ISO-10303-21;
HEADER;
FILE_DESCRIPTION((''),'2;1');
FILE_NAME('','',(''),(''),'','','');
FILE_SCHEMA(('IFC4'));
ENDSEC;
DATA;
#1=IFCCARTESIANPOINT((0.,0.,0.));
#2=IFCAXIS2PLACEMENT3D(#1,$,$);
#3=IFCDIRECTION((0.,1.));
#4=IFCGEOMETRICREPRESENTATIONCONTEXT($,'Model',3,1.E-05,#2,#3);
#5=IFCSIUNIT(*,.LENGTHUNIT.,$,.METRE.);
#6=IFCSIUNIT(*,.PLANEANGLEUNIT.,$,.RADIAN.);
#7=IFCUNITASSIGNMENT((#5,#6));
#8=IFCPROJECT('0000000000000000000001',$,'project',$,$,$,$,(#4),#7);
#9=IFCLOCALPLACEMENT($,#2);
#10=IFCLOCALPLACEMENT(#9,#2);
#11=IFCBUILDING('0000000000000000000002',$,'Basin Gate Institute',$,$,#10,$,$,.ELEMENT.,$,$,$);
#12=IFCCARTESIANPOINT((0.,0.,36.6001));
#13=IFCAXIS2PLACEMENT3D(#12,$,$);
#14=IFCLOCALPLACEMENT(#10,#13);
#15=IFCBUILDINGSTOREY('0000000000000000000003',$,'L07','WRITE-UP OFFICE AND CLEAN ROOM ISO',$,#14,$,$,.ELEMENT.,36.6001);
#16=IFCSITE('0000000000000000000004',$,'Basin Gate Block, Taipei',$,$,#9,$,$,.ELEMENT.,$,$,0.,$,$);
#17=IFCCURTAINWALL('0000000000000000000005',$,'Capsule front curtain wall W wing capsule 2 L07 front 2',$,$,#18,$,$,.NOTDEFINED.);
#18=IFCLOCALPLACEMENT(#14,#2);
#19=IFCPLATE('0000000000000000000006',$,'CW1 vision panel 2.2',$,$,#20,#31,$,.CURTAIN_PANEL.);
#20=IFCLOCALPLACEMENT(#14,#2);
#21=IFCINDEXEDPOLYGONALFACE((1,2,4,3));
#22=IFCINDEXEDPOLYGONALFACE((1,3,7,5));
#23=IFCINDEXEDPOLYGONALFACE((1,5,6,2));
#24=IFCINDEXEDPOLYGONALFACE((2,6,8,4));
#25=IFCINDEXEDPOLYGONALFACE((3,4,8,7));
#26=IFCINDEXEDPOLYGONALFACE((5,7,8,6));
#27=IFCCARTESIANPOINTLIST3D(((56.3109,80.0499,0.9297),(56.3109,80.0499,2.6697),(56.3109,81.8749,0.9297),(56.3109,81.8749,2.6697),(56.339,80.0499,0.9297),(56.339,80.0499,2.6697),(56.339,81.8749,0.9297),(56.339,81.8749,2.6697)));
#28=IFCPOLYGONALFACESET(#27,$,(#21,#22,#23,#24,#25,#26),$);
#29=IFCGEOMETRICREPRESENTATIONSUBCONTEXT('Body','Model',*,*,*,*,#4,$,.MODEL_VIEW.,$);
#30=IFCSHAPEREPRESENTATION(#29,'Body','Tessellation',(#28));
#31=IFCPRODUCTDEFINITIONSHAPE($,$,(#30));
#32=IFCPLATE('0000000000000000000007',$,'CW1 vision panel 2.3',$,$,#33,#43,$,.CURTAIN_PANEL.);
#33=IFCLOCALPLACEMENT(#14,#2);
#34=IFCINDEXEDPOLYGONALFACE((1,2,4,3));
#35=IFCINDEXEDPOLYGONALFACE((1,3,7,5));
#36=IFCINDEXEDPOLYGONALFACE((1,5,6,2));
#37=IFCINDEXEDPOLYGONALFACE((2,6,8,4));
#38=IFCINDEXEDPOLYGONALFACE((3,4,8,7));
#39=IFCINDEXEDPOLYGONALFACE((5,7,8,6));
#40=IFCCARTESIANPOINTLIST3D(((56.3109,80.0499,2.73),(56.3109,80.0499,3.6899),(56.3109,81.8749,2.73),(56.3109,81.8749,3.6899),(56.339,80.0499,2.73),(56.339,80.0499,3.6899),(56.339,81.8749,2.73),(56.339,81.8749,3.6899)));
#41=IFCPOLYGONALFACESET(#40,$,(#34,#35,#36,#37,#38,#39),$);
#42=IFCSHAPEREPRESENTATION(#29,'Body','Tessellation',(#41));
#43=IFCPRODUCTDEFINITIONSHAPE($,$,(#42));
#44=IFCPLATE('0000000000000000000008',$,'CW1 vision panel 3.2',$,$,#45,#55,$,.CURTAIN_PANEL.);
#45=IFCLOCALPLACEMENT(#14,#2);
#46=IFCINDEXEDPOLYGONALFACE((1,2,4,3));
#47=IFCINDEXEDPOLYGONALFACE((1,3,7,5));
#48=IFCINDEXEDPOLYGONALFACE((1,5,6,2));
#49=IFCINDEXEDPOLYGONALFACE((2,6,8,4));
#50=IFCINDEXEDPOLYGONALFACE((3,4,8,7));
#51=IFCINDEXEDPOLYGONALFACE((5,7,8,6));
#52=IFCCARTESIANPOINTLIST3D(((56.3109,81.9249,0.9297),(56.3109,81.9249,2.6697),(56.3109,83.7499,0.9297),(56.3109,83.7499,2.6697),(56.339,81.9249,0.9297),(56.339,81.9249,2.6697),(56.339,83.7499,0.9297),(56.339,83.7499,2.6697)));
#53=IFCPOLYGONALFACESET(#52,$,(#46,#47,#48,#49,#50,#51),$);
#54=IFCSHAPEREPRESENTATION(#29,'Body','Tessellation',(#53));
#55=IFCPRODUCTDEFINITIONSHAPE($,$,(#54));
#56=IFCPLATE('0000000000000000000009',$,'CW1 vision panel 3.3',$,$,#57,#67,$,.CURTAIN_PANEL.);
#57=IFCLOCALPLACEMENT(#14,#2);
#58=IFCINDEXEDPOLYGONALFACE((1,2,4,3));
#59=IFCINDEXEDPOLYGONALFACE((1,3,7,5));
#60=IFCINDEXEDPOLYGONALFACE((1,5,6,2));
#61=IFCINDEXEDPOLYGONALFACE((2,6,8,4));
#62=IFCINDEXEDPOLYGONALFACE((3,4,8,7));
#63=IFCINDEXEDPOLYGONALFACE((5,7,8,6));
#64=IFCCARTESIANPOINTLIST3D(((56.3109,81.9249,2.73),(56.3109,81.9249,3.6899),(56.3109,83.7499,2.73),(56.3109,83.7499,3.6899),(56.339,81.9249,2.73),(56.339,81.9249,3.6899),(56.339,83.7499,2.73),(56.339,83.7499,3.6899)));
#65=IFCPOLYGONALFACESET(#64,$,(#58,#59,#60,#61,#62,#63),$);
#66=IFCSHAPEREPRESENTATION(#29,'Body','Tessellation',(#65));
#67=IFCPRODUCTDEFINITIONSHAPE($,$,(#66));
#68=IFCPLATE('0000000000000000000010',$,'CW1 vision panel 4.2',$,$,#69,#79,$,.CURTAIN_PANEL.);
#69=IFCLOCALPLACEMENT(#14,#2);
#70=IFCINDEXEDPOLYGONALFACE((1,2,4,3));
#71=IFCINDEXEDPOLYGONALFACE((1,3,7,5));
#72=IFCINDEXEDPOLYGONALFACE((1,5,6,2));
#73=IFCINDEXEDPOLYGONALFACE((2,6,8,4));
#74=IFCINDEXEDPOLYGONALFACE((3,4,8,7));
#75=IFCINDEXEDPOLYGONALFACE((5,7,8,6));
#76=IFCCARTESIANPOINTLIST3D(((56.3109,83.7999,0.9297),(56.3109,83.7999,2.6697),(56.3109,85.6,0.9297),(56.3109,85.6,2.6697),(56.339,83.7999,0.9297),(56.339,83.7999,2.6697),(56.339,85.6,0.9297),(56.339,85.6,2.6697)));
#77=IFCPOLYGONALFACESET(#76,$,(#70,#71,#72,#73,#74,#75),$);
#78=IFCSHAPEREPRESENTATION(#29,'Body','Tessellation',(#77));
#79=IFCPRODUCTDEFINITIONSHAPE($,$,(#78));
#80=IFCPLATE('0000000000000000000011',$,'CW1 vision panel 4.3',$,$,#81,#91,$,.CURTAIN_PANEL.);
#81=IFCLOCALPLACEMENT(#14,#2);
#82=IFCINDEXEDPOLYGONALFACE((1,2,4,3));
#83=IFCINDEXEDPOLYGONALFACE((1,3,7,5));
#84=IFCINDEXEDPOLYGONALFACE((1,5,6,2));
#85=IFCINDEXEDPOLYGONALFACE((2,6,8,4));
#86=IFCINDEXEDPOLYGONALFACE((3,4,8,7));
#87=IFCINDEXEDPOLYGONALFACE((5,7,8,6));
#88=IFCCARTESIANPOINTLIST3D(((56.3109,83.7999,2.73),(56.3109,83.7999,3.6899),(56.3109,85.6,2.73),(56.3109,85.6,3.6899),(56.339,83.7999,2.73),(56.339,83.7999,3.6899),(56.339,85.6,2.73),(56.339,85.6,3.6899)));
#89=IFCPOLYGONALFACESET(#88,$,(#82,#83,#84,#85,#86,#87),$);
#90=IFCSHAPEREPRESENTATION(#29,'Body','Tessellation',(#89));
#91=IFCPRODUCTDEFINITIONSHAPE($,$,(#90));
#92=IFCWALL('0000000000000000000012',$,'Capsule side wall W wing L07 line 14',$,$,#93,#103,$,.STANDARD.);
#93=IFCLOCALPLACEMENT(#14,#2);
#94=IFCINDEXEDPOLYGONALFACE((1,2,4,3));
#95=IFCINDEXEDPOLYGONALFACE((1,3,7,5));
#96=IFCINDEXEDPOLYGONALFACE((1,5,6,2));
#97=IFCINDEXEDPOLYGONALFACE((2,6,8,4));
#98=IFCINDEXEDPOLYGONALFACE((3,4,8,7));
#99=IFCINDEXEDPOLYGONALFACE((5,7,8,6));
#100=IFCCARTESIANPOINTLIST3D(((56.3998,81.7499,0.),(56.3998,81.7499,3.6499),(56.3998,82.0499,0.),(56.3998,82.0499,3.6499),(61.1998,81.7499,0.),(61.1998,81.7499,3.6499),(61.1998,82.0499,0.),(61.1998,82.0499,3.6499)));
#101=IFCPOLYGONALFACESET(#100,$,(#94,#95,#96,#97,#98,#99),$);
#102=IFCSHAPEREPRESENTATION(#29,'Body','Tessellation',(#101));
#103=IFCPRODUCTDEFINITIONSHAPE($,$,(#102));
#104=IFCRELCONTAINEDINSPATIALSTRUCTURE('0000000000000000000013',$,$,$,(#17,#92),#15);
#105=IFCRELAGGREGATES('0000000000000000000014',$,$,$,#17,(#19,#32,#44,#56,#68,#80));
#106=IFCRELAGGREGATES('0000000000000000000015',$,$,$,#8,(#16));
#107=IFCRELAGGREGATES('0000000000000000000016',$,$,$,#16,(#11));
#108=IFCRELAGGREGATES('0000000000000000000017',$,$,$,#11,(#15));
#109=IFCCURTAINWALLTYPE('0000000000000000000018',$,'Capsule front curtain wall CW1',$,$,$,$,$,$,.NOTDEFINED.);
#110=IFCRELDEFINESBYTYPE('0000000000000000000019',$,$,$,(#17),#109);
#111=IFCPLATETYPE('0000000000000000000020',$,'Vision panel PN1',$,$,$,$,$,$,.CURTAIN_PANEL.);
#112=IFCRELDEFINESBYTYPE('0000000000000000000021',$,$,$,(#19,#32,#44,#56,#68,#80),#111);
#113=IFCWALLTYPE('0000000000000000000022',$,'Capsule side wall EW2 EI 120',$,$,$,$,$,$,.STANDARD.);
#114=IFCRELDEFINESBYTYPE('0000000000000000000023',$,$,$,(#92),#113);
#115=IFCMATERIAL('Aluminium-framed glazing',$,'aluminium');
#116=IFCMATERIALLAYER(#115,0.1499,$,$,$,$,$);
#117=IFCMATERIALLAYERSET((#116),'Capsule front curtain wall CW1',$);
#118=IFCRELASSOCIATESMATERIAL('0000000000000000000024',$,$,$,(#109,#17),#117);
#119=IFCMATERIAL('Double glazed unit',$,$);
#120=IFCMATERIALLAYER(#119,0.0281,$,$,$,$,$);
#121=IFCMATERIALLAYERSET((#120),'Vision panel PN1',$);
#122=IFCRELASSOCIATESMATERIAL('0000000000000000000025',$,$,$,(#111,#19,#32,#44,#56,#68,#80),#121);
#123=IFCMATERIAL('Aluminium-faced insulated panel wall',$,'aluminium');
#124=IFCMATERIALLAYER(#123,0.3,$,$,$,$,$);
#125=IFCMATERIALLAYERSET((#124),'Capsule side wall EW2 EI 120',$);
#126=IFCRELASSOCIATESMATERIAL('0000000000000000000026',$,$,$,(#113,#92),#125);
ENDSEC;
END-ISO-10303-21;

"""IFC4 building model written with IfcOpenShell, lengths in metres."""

from ifc_helpers import new_model, si_unit, direction, frame, frame_2d, origin, origin_2d, place, context, subcontext, project, spatial, rectangle, extrude, material, layer, layer_set, type_object, element, aggregate, save


model = new_model("IFC4")

# Units and contexts
model_context = context("Model", 3, precision=1e-05, world=origin(), true_north=direction((0.0, 1.0)))
body_context = subcontext(model_context, "Body", "Model", "MODEL_VIEW")
ifc_project = project(units=[si_unit("LENGTHUNIT", "METRE"), si_unit("PLANEANGLEUNIT", "RADIAN")], contexts=[model_context])

# Site, building, storey
site_placement = place(None, origin())
site = spatial("IfcSite", under=ifc_project, at=site_placement, Name="Basin Gate Block, Taipei", CompositionType="ELEMENT", RefElevation=0.0)
building_placement = place(site_placement, origin())
building = spatial("IfcBuilding", under=site, at=building_placement, Name="Basin Gate Institute", CompositionType="ELEMENT")
storey_placement = place(building_placement, frame((0.0, 0.0, 36.6001)))
storey = spatial("IfcBuildingStorey", under=building, at=storey_placement, Name="L07", Description="WRITE-UP OFFICE AND CLEAN ROOM ISO", CompositionType="ELEMENT", Elevation=36.6001)

# Shared definitions
ifc_material_1 = material(Name="Aluminium-framed glazing", Category="aluminium")
ifc_layer_1 = layer(ifc_material_1, 0.1499)
ifc_layer_set_1 = layer_set([ifc_layer_1], Name="Capsule front curtain wall CW1")
curtain_wall_type = type_object("IfcCurtainWallType", Name="Capsule front curtain wall CW1", PredefinedType="NOTDEFINED", material=ifc_layer_set_1)

# Curtain wall
curtain_wall_1_placement = place(storey_placement, origin())
curtain_wall_1 = element("IfcCurtainWall", 1, at=curtain_wall_1_placement, inside=storey, type_object=curtain_wall_type, material=ifc_layer_set_1, Name="Capsule front curtain wall W wing capsule 2 L07 front 2", PredefinedType="NOTDEFINED")

# Plates
ifc_material_2 = material(Name="Double glazed unit")
ifc_layer_2 = layer(ifc_material_2, 0.0281)
ifc_layer_set_2 = layer_set([ifc_layer_2], Name="Vision panel PN1")
plate_type_1 = type_object("IfcPlateType", Name="Vision panel PN1", PredefinedType="CURTAIN_PANEL", material=ifc_layer_set_2)
plate_1_placement = place(storey_placement, frame((56.325, 80.9624, 0.9297), z_axis=(0.0, 0.0, 1.0), x_axis=(0.0, 1.0, 0.0)))
plate_1 = element("IfcPlate", 2, at=plate_1_placement, type_object=plate_type_1, material=ifc_layer_set_2, Name="CW1 vision panel 2.2", PredefinedType="CURTAIN_PANEL", context=body_context, shape_type="SweptSolid", body=[
    extrude(rectangle(XDim=1.825, YDim=0.0281, at=origin_2d()), origin(), (0.0, 0.0, 1.0), 1.74),
])
plate_2_placement = place(storey_placement, frame((56.325, 80.9624, 2.73), z_axis=(0.0, 0.0, 1.0), x_axis=(0.0, 1.0, 0.0)))
plate_2 = element("IfcPlate", 3, at=plate_2_placement, type_object=plate_type_1, material=ifc_layer_set_2, Name="CW1 vision panel 2.3", PredefinedType="CURTAIN_PANEL", context=body_context, shape_type="SweptSolid", body=[
    extrude(rectangle(XDim=1.825, YDim=0.0281, at=origin_2d()), origin(), (0.0, 0.0, 1.0), 0.96),
])
plate_3_placement = place(storey_placement, frame((56.325, 82.8374, 0.9297), z_axis=(0.0, 0.0, 1.0), x_axis=(0.0, 1.0, 0.0)))
plate_3 = element("IfcPlate", 4, at=plate_3_placement, type_object=plate_type_1, material=ifc_layer_set_2, Name="CW1 vision panel 3.2", PredefinedType="CURTAIN_PANEL", context=body_context, shape_type="SweptSolid", body=[
    extrude(rectangle(XDim=1.825, YDim=0.0281, at=origin_2d()), origin(), (0.0, 0.0, 1.0), 1.74),
])
plate_4_placement = place(storey_placement, frame((56.325, 82.8374, 2.73), z_axis=(0.0, 0.0, 1.0), x_axis=(0.0, 1.0, 0.0)))
plate_4 = element("IfcPlate", 5, at=plate_4_placement, type_object=plate_type_1, material=ifc_layer_set_2, Name="CW1 vision panel 3.3", PredefinedType="CURTAIN_PANEL", context=body_context, shape_type="SweptSolid", body=[
    extrude(rectangle(XDim=1.825, YDim=0.0281, at=origin_2d()), origin(), (0.0, 0.0, 1.0), 0.96),
])
plate_5_placement = place(storey_placement, frame((56.325, 84.7, 0.9297), z_axis=(0.0, 0.0, 1.0), x_axis=(0.0, 1.0, 0.0)))
plate_5 = element("IfcPlate", 6, at=plate_5_placement, type_object=plate_type_1, material=ifc_layer_set_2, Name="CW1 vision panel 4.2", PredefinedType="CURTAIN_PANEL", context=body_context, shape_type="SweptSolid", body=[
    extrude(rectangle(XDim=1.8, YDim=0.0281, at=origin_2d()), origin(), (0.0, 0.0, 1.0), 1.74),
])
plate_6_placement = place(storey_placement, frame((56.325, 84.7, 2.73), z_axis=(0.0, 0.0, 1.0), x_axis=(0.0, 1.0, 0.0)))
plate_6 = element("IfcPlate", 7, at=plate_6_placement, type_object=plate_type_1, material=ifc_layer_set_2, Name="CW1 vision panel 4.3", PredefinedType="CURTAIN_PANEL", context=body_context, shape_type="SweptSolid", body=[
    extrude(rectangle(XDim=1.8, YDim=0.0281, at=origin_2d()), origin(), (0.0, 0.0, 1.0), 0.96),
])
aggregate(curtain_wall_1, [plate_1, plate_2, plate_3, plate_4, plate_5, plate_6])

# Wall
ifc_material_3 = material(Name="Aluminium-faced insulated panel wall", Category="aluminium")
ifc_layer_3 = layer(ifc_material_3, 0.3)
ifc_layer_set_3 = layer_set([ifc_layer_3], Name="Capsule side wall EW2 EI 120")
wall_type = type_object("IfcWallType", Name="Capsule side wall EW2 EI 120", PredefinedType="STANDARD", material=ifc_layer_set_3)
wall_placement = place(storey_placement, frame((56.3999, 81.8999, 0.0), z_axis=(0.0, 0.0, 1.0), x_axis=(1.0, 0.0, 0.0)))
element("IfcWall", 8, at=wall_placement, inside=storey, type_object=wall_type, material=ifc_layer_set_3, Name="Capsule side wall W wing L07 line 14", PredefinedType="STANDARD", context=body_context, shape_type="SweptSolid", body=[
    extrude(rectangle(XDim=4.8, YDim=0.3, at=frame_2d((2.3999, 0.0))), origin(), (0.0, 0.0, 1.0), 3.6499),
])

save(model, "model.ifc")
